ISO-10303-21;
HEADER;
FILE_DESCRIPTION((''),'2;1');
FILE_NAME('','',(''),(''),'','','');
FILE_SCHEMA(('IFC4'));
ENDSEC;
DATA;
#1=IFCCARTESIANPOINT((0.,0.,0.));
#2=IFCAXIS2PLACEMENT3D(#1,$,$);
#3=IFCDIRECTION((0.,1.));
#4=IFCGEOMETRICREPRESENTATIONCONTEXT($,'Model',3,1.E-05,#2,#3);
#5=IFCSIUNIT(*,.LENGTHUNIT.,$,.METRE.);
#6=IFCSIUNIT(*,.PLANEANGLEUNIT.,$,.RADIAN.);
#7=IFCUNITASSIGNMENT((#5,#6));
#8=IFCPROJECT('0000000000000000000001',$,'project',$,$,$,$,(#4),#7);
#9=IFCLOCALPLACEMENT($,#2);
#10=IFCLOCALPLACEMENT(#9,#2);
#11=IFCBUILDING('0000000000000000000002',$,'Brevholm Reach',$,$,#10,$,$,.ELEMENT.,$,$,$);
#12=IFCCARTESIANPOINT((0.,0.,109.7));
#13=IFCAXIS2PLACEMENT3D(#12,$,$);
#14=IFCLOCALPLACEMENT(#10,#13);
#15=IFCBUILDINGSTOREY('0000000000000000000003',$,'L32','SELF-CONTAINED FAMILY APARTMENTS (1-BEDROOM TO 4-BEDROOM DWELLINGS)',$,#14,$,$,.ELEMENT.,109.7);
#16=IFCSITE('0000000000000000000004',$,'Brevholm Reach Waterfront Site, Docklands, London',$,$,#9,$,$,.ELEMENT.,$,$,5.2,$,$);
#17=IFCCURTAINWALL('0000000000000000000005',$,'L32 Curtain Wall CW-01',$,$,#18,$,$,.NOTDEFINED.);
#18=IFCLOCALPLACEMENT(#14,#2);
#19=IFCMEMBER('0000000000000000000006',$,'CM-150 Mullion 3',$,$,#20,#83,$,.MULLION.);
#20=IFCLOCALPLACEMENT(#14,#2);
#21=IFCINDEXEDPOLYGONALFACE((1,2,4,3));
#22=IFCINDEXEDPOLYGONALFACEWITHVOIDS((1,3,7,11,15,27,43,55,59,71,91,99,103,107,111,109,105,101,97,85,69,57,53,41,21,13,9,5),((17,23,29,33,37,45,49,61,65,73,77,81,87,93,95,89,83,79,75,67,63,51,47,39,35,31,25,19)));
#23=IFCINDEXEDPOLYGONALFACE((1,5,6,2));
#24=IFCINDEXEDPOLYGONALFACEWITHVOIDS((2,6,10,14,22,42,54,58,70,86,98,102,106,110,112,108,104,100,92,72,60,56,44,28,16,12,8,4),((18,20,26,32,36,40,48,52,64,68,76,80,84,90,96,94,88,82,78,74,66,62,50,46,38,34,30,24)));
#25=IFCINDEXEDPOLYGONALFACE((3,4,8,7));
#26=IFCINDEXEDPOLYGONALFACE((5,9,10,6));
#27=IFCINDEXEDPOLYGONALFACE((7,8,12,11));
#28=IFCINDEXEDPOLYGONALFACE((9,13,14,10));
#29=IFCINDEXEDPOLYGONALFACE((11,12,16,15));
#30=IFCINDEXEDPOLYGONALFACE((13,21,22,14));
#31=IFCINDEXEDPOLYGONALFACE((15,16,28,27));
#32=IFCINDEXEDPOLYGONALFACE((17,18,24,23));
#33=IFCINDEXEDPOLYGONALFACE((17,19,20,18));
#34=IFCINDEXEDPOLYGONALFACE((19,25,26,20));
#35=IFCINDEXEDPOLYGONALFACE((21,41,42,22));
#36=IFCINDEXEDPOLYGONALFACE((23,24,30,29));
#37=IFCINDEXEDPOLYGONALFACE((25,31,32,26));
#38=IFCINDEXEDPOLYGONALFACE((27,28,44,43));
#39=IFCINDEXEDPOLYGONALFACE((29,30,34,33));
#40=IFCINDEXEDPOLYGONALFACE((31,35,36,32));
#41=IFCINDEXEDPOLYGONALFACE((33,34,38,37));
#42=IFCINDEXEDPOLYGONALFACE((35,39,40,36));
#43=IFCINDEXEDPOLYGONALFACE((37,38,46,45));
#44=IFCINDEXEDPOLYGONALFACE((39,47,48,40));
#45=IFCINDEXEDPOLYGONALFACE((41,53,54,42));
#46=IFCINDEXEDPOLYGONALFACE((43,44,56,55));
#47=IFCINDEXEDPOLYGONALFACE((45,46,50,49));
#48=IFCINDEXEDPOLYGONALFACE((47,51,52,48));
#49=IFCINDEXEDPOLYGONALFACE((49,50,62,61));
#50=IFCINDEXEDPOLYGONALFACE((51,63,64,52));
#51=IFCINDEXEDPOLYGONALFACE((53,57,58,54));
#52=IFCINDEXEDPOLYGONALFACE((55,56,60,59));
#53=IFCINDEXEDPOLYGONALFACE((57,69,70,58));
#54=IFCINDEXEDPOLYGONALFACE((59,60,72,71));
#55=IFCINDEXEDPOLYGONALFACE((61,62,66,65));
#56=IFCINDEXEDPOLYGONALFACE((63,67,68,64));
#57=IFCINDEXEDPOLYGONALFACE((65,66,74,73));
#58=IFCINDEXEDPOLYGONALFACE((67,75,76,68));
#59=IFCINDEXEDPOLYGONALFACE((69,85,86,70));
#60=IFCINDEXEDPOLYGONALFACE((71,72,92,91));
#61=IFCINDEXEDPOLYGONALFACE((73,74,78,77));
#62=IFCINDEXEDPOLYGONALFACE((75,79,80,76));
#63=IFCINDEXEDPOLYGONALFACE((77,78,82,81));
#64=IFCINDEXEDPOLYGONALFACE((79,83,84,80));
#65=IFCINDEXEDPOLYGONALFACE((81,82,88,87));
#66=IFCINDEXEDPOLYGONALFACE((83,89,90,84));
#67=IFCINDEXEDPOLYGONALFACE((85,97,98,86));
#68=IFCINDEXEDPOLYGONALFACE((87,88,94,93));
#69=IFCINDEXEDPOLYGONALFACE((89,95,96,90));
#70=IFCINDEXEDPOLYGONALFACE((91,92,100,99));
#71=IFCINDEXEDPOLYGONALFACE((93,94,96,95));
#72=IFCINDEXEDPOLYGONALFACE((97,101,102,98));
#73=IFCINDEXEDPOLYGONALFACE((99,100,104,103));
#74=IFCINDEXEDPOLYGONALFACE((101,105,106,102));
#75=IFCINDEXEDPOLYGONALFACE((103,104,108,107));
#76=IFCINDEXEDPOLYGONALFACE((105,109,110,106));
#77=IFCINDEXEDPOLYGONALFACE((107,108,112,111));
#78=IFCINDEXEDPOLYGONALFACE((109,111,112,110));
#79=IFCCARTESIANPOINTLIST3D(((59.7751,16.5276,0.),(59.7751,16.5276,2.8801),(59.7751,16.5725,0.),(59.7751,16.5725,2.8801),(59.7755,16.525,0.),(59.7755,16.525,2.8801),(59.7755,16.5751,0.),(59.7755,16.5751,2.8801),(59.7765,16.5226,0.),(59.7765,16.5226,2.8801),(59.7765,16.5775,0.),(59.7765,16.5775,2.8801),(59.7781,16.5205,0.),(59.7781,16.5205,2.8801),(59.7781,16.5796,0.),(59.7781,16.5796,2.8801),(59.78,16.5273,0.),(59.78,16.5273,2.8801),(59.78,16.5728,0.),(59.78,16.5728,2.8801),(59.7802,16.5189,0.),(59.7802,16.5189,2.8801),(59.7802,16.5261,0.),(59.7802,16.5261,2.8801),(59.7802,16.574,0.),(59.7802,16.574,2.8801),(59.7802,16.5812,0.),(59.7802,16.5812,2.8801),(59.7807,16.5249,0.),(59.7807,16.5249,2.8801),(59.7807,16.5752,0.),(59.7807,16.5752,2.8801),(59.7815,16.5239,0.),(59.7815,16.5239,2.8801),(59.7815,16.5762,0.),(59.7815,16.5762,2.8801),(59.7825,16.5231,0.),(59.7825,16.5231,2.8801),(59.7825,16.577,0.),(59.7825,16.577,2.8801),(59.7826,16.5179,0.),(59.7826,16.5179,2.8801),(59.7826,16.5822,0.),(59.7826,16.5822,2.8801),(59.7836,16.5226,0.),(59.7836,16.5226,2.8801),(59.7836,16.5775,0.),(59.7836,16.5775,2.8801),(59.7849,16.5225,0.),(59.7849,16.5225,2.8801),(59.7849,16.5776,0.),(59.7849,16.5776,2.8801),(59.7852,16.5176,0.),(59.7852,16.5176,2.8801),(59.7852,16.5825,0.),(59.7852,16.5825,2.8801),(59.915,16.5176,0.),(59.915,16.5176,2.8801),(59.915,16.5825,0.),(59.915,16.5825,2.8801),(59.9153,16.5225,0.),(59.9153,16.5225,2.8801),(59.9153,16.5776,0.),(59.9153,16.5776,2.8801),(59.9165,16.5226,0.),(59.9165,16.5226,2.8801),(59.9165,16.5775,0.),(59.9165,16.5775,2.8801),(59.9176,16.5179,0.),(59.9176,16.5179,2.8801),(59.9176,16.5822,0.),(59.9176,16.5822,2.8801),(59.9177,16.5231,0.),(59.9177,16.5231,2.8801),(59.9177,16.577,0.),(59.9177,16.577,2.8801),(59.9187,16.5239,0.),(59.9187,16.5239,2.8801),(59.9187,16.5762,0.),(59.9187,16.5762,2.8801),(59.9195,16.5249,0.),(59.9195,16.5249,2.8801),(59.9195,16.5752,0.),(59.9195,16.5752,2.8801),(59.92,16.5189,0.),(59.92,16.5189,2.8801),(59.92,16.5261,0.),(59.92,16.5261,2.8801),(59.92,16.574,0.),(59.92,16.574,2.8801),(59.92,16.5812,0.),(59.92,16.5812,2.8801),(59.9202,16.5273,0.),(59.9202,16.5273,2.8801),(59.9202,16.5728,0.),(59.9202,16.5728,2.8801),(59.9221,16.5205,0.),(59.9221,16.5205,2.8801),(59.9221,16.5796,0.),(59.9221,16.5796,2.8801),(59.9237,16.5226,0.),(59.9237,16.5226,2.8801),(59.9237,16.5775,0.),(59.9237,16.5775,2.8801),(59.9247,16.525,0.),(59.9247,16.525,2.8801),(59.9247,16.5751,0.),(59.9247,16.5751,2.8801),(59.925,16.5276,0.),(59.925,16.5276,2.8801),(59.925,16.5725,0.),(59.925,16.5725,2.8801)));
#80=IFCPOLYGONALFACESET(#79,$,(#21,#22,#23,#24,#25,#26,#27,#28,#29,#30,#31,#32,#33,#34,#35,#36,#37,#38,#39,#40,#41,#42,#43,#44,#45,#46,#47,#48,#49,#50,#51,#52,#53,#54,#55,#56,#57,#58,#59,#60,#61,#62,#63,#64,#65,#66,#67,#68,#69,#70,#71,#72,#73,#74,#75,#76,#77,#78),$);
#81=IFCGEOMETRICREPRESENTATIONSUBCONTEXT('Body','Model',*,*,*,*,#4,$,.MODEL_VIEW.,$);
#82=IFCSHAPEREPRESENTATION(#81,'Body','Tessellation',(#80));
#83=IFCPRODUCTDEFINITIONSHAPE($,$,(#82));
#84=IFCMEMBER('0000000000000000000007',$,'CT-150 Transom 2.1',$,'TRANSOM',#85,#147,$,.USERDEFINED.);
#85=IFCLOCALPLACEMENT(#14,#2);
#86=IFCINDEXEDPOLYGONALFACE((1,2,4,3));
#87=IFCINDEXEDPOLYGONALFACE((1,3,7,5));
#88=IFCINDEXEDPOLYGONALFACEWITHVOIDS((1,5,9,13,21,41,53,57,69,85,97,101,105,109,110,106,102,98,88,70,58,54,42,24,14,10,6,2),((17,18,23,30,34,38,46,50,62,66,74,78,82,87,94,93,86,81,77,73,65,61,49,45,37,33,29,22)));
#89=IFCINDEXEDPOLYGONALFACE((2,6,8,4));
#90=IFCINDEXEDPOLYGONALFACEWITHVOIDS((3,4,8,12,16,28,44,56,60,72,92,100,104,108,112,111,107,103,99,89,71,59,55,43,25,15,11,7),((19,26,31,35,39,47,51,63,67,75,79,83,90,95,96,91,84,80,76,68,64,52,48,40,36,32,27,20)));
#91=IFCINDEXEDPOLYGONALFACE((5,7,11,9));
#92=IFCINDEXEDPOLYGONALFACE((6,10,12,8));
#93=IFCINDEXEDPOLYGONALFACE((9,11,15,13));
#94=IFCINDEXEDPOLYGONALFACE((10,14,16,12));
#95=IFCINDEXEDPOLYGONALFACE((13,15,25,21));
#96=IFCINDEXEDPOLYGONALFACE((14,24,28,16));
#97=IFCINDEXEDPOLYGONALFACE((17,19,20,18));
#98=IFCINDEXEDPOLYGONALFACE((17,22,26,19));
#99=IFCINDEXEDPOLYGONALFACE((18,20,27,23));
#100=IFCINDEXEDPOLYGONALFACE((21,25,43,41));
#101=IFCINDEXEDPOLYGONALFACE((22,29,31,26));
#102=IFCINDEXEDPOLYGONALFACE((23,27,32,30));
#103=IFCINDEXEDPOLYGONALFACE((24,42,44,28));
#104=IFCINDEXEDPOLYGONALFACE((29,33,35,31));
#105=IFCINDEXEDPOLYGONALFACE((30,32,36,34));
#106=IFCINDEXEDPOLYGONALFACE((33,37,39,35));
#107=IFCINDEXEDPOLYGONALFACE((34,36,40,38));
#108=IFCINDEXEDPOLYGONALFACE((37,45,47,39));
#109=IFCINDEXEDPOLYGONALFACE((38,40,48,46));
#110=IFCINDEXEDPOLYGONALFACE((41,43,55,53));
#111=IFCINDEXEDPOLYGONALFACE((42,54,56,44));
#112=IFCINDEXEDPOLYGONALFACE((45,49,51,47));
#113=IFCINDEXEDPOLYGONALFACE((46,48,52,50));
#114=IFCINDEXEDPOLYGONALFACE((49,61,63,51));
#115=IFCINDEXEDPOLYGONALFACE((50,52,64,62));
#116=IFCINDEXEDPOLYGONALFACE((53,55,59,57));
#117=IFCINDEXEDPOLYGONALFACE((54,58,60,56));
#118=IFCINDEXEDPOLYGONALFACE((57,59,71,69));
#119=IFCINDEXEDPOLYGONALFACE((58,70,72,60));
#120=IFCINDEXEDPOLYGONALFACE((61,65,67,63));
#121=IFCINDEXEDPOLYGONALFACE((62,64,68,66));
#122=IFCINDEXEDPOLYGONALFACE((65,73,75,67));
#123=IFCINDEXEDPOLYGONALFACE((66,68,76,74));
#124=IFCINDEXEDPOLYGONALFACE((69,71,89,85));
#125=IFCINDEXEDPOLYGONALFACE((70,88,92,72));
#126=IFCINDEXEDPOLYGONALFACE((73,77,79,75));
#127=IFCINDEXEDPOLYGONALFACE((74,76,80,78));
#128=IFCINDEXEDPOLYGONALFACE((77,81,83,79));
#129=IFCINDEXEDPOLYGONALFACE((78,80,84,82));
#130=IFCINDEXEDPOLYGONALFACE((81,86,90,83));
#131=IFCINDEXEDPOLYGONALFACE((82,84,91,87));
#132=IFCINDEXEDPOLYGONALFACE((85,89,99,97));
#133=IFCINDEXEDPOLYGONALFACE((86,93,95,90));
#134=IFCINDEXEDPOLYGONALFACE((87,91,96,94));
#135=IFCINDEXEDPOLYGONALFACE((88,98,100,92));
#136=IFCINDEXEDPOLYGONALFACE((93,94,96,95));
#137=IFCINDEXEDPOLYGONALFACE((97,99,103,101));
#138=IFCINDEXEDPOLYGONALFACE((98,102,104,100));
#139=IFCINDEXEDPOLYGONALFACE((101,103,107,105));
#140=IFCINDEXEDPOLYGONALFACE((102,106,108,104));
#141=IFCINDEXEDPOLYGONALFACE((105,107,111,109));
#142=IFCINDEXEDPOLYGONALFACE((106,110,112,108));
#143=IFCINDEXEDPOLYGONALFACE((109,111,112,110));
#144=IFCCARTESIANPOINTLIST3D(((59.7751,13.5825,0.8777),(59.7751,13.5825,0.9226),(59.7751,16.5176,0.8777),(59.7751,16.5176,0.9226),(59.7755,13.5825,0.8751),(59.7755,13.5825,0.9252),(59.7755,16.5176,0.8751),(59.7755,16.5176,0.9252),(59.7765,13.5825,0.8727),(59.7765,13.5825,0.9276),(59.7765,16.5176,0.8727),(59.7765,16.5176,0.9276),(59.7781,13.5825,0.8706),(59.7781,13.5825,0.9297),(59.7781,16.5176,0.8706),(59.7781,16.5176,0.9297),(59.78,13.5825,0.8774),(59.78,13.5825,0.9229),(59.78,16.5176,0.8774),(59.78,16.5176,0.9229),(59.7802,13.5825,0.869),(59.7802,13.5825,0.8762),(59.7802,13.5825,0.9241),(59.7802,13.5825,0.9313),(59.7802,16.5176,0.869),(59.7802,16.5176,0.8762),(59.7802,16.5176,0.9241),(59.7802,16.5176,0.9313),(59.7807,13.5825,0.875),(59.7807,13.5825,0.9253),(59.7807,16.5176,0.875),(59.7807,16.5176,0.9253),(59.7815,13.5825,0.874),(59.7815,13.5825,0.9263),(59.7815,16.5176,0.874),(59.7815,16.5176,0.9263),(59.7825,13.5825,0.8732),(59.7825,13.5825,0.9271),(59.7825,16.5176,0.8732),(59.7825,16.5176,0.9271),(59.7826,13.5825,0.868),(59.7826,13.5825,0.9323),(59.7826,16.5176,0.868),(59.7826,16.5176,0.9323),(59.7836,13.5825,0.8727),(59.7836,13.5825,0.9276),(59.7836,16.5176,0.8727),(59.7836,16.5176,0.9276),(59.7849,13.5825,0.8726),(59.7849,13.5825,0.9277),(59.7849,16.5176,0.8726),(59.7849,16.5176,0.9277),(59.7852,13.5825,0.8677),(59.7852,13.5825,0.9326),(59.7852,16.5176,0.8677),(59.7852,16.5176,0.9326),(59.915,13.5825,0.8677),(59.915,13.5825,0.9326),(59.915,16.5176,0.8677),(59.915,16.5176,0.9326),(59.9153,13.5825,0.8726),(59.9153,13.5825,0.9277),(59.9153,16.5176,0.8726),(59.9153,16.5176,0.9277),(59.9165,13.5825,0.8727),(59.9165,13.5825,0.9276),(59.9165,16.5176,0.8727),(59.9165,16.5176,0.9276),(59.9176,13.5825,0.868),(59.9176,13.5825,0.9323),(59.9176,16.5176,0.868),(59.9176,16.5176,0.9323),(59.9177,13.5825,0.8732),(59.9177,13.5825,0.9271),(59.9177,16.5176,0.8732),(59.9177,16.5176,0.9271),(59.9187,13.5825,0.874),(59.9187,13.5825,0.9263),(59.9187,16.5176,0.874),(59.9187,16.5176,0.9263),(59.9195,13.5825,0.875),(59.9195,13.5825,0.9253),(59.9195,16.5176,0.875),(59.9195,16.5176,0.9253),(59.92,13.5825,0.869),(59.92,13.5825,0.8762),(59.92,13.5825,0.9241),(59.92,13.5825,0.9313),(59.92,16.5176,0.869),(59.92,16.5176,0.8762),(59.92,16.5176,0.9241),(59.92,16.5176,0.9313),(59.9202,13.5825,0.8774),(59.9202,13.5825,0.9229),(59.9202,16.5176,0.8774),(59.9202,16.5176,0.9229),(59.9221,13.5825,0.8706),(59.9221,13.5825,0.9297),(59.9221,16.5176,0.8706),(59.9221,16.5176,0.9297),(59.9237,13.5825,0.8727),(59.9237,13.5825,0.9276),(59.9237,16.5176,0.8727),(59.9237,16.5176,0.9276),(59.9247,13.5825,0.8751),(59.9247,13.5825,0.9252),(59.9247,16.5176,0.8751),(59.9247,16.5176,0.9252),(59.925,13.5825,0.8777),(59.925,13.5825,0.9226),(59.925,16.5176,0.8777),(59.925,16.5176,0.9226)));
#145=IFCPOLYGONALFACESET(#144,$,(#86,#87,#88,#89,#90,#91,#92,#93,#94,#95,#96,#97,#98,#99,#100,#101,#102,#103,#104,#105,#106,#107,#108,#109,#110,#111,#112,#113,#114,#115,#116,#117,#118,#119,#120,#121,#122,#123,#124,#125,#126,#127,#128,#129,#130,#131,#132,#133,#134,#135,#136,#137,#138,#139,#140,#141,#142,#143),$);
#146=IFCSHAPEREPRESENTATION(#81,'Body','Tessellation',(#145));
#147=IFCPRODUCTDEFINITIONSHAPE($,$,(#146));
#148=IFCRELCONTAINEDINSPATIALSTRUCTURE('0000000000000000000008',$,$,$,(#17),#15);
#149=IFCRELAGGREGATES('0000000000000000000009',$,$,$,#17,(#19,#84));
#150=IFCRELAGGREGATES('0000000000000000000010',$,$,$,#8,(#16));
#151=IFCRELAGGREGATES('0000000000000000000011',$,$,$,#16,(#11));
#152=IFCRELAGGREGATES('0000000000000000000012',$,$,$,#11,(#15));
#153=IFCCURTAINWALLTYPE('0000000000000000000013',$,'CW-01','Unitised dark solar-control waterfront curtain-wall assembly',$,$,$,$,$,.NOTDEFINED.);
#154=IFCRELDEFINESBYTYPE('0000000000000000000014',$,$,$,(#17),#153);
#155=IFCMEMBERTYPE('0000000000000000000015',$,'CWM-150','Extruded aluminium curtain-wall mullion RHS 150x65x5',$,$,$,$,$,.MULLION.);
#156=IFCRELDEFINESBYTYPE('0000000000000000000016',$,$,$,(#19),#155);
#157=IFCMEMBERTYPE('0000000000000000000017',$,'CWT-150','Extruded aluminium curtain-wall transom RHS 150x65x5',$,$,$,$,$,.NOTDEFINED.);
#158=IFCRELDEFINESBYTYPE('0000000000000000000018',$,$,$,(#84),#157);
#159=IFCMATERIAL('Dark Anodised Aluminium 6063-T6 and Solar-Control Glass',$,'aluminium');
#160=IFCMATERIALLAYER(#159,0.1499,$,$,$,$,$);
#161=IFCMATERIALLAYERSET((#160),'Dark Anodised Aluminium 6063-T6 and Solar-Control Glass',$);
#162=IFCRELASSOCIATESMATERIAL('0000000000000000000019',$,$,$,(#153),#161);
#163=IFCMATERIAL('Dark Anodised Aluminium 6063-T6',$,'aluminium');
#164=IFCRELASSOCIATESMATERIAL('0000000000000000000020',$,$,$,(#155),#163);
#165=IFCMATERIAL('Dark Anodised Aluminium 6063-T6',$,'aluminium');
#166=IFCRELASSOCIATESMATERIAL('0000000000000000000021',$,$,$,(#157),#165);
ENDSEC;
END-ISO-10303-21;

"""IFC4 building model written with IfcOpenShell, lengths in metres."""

from ifc_helpers import new_model, si_unit, direction, frame, origin, origin_2d, place, context, subcontext, project, spatial, hollow_rectangle, extrude, material, layer, layer_set, material_profile, profile_set, type_object, element, aggregate, save


model = new_model("IFC4")

# Units and contexts
model_context = context("Model", 3, precision=1e-05, world=origin(), true_north=direction((0.0, 1.0)))
body_context = subcontext(model_context, "Body", "Model", "MODEL_VIEW")
ifc_project = project(units=[si_unit("LENGTHUNIT", "METRE"), si_unit("PLANEANGLEUNIT", "RADIAN")], contexts=[model_context])

# Site, building, storey
site_placement = place(None, origin())
site = spatial("IfcSite", under=ifc_project, at=site_placement, Name="Brevholm Reach Waterfront Site, Docklands, London", CompositionType="ELEMENT", RefElevation=5.2)
building_placement = place(site_placement, origin())
building = spatial("IfcBuilding", under=site, at=building_placement, Name="Brevholm Reach", CompositionType="ELEMENT")
storey_placement = place(building_placement, frame((0.0, 0.0, 109.7)))
storey = spatial("IfcBuildingStorey", under=building, at=storey_placement, Name="L32", Description="SELF-CONTAINED FAMILY APARTMENTS (1-BEDROOM TO 4-BEDROOM DWELLINGS)", CompositionType="ELEMENT", Elevation=109.7)

# Curtain wall, members
ifc_material_1 = material(Name="Dark Anodised Aluminium 6063-T6 and Solar-Control Glass", Category="aluminium")
ifc_layer_1 = layer(ifc_material_1, 0.1499)
ifc_layer_set_1 = layer_set([ifc_layer_1], Name="Dark Anodised Aluminium 6063-T6 and Solar-Control Glass")
curtain_wall_type = type_object("IfcCurtainWallType", Name="CW-01", Description="Unitised dark solar-control waterfront curtain-wall assembly", PredefinedType="NOTDEFINED", material=ifc_layer_set_1)
curtain_wall_placement = place(storey_placement, origin())
curtain_wall = element("IfcCurtainWall", 1, at=curtain_wall_placement, inside=storey, type_object=curtain_wall_type, Name="L32 Curtain Wall CW-01", PredefinedType="NOTDEFINED")
ifc_material_2 = material(Name="Dark Anodised Aluminium 6063-T6", Category="aluminium")
ifc_material_profile_1 = material_profile(ifc_material_2, hollow_rectangle(XDim=0.0649, YDim=0.1499, WallThickness=0.0049, InnerFilletRadius=0.0049, OuterFilletRadius=0.01, at=origin_2d()), Name="RHS 150x65x5")
ifc_profile_set_1 = profile_set([ifc_material_profile_1], Name="Dark Anodised Aluminium 6063-T6")
member_type_1 = type_object("IfcMemberType", Name="CWM-150", Description="Extruded aluminium curtain-wall mullion RHS 150x65x5", PredefinedType="MULLION", material=ifc_profile_set_1)
member_1_placement = place(storey_placement, frame((59.8501, 16.55, 0.0), z_axis=(0.0, 0.0, 1.0), x_axis=(0.0, 1.0, 0.0)))
member_1 = element("IfcMember", 2, at=member_1_placement, type_object=member_type_1, Name="CM-150 Mullion 3", PredefinedType="MULLION", context=body_context, shape_type="SweptSolid", body=[
    extrude(hollow_rectangle(XDim=0.0649, YDim=0.1499, WallThickness=0.0049, InnerFilletRadius=0.0049, OuterFilletRadius=0.01, at=origin_2d()), origin(), (0.0, 0.0, 1.0), 2.8801),
])
ifc_material_3 = material(Name="Dark Anodised Aluminium 6063-T6", Category="aluminium")
ifc_material_profile_2 = material_profile(ifc_material_3, hollow_rectangle(XDim=0.0649, YDim=0.1499, WallThickness=0.0049, InnerFilletRadius=0.0049, OuterFilletRadius=0.01, at=origin_2d()), Name="RHS 150x65x5")
ifc_profile_set_2 = profile_set([ifc_material_profile_2], Name="Dark Anodised Aluminium 6063-T6")
member_type_2 = type_object("IfcMemberType", Name="CWT-150", Description="Extruded aluminium curtain-wall transom RHS 150x65x5", PredefinedType="NOTDEFINED", material=ifc_profile_set_2)
member_2_placement = place(storey_placement, frame((59.8501, 13.5825, 0.9001), z_axis=(0.0, 1.0, 0.0), x_axis=(0.0, 0.0, 1.0)))
member_2 = element("IfcMember", 3, at=member_2_placement, type_object=member_type_2, Name="CT-150 Transom 2.1", ObjectType="TRANSOM", PredefinedType="USERDEFINED", context=body_context, shape_type="SweptSolid", body=[
    extrude(hollow_rectangle(XDim=0.0649, YDim=0.1499, WallThickness=0.0049, InnerFilletRadius=0.0049, OuterFilletRadius=0.01, at=origin_2d()), origin(), (0.0, 0.0, 1.0), 2.9351),
])
aggregate(curtain_wall, [member_1, member_2])

save(model, "model.ifc")
